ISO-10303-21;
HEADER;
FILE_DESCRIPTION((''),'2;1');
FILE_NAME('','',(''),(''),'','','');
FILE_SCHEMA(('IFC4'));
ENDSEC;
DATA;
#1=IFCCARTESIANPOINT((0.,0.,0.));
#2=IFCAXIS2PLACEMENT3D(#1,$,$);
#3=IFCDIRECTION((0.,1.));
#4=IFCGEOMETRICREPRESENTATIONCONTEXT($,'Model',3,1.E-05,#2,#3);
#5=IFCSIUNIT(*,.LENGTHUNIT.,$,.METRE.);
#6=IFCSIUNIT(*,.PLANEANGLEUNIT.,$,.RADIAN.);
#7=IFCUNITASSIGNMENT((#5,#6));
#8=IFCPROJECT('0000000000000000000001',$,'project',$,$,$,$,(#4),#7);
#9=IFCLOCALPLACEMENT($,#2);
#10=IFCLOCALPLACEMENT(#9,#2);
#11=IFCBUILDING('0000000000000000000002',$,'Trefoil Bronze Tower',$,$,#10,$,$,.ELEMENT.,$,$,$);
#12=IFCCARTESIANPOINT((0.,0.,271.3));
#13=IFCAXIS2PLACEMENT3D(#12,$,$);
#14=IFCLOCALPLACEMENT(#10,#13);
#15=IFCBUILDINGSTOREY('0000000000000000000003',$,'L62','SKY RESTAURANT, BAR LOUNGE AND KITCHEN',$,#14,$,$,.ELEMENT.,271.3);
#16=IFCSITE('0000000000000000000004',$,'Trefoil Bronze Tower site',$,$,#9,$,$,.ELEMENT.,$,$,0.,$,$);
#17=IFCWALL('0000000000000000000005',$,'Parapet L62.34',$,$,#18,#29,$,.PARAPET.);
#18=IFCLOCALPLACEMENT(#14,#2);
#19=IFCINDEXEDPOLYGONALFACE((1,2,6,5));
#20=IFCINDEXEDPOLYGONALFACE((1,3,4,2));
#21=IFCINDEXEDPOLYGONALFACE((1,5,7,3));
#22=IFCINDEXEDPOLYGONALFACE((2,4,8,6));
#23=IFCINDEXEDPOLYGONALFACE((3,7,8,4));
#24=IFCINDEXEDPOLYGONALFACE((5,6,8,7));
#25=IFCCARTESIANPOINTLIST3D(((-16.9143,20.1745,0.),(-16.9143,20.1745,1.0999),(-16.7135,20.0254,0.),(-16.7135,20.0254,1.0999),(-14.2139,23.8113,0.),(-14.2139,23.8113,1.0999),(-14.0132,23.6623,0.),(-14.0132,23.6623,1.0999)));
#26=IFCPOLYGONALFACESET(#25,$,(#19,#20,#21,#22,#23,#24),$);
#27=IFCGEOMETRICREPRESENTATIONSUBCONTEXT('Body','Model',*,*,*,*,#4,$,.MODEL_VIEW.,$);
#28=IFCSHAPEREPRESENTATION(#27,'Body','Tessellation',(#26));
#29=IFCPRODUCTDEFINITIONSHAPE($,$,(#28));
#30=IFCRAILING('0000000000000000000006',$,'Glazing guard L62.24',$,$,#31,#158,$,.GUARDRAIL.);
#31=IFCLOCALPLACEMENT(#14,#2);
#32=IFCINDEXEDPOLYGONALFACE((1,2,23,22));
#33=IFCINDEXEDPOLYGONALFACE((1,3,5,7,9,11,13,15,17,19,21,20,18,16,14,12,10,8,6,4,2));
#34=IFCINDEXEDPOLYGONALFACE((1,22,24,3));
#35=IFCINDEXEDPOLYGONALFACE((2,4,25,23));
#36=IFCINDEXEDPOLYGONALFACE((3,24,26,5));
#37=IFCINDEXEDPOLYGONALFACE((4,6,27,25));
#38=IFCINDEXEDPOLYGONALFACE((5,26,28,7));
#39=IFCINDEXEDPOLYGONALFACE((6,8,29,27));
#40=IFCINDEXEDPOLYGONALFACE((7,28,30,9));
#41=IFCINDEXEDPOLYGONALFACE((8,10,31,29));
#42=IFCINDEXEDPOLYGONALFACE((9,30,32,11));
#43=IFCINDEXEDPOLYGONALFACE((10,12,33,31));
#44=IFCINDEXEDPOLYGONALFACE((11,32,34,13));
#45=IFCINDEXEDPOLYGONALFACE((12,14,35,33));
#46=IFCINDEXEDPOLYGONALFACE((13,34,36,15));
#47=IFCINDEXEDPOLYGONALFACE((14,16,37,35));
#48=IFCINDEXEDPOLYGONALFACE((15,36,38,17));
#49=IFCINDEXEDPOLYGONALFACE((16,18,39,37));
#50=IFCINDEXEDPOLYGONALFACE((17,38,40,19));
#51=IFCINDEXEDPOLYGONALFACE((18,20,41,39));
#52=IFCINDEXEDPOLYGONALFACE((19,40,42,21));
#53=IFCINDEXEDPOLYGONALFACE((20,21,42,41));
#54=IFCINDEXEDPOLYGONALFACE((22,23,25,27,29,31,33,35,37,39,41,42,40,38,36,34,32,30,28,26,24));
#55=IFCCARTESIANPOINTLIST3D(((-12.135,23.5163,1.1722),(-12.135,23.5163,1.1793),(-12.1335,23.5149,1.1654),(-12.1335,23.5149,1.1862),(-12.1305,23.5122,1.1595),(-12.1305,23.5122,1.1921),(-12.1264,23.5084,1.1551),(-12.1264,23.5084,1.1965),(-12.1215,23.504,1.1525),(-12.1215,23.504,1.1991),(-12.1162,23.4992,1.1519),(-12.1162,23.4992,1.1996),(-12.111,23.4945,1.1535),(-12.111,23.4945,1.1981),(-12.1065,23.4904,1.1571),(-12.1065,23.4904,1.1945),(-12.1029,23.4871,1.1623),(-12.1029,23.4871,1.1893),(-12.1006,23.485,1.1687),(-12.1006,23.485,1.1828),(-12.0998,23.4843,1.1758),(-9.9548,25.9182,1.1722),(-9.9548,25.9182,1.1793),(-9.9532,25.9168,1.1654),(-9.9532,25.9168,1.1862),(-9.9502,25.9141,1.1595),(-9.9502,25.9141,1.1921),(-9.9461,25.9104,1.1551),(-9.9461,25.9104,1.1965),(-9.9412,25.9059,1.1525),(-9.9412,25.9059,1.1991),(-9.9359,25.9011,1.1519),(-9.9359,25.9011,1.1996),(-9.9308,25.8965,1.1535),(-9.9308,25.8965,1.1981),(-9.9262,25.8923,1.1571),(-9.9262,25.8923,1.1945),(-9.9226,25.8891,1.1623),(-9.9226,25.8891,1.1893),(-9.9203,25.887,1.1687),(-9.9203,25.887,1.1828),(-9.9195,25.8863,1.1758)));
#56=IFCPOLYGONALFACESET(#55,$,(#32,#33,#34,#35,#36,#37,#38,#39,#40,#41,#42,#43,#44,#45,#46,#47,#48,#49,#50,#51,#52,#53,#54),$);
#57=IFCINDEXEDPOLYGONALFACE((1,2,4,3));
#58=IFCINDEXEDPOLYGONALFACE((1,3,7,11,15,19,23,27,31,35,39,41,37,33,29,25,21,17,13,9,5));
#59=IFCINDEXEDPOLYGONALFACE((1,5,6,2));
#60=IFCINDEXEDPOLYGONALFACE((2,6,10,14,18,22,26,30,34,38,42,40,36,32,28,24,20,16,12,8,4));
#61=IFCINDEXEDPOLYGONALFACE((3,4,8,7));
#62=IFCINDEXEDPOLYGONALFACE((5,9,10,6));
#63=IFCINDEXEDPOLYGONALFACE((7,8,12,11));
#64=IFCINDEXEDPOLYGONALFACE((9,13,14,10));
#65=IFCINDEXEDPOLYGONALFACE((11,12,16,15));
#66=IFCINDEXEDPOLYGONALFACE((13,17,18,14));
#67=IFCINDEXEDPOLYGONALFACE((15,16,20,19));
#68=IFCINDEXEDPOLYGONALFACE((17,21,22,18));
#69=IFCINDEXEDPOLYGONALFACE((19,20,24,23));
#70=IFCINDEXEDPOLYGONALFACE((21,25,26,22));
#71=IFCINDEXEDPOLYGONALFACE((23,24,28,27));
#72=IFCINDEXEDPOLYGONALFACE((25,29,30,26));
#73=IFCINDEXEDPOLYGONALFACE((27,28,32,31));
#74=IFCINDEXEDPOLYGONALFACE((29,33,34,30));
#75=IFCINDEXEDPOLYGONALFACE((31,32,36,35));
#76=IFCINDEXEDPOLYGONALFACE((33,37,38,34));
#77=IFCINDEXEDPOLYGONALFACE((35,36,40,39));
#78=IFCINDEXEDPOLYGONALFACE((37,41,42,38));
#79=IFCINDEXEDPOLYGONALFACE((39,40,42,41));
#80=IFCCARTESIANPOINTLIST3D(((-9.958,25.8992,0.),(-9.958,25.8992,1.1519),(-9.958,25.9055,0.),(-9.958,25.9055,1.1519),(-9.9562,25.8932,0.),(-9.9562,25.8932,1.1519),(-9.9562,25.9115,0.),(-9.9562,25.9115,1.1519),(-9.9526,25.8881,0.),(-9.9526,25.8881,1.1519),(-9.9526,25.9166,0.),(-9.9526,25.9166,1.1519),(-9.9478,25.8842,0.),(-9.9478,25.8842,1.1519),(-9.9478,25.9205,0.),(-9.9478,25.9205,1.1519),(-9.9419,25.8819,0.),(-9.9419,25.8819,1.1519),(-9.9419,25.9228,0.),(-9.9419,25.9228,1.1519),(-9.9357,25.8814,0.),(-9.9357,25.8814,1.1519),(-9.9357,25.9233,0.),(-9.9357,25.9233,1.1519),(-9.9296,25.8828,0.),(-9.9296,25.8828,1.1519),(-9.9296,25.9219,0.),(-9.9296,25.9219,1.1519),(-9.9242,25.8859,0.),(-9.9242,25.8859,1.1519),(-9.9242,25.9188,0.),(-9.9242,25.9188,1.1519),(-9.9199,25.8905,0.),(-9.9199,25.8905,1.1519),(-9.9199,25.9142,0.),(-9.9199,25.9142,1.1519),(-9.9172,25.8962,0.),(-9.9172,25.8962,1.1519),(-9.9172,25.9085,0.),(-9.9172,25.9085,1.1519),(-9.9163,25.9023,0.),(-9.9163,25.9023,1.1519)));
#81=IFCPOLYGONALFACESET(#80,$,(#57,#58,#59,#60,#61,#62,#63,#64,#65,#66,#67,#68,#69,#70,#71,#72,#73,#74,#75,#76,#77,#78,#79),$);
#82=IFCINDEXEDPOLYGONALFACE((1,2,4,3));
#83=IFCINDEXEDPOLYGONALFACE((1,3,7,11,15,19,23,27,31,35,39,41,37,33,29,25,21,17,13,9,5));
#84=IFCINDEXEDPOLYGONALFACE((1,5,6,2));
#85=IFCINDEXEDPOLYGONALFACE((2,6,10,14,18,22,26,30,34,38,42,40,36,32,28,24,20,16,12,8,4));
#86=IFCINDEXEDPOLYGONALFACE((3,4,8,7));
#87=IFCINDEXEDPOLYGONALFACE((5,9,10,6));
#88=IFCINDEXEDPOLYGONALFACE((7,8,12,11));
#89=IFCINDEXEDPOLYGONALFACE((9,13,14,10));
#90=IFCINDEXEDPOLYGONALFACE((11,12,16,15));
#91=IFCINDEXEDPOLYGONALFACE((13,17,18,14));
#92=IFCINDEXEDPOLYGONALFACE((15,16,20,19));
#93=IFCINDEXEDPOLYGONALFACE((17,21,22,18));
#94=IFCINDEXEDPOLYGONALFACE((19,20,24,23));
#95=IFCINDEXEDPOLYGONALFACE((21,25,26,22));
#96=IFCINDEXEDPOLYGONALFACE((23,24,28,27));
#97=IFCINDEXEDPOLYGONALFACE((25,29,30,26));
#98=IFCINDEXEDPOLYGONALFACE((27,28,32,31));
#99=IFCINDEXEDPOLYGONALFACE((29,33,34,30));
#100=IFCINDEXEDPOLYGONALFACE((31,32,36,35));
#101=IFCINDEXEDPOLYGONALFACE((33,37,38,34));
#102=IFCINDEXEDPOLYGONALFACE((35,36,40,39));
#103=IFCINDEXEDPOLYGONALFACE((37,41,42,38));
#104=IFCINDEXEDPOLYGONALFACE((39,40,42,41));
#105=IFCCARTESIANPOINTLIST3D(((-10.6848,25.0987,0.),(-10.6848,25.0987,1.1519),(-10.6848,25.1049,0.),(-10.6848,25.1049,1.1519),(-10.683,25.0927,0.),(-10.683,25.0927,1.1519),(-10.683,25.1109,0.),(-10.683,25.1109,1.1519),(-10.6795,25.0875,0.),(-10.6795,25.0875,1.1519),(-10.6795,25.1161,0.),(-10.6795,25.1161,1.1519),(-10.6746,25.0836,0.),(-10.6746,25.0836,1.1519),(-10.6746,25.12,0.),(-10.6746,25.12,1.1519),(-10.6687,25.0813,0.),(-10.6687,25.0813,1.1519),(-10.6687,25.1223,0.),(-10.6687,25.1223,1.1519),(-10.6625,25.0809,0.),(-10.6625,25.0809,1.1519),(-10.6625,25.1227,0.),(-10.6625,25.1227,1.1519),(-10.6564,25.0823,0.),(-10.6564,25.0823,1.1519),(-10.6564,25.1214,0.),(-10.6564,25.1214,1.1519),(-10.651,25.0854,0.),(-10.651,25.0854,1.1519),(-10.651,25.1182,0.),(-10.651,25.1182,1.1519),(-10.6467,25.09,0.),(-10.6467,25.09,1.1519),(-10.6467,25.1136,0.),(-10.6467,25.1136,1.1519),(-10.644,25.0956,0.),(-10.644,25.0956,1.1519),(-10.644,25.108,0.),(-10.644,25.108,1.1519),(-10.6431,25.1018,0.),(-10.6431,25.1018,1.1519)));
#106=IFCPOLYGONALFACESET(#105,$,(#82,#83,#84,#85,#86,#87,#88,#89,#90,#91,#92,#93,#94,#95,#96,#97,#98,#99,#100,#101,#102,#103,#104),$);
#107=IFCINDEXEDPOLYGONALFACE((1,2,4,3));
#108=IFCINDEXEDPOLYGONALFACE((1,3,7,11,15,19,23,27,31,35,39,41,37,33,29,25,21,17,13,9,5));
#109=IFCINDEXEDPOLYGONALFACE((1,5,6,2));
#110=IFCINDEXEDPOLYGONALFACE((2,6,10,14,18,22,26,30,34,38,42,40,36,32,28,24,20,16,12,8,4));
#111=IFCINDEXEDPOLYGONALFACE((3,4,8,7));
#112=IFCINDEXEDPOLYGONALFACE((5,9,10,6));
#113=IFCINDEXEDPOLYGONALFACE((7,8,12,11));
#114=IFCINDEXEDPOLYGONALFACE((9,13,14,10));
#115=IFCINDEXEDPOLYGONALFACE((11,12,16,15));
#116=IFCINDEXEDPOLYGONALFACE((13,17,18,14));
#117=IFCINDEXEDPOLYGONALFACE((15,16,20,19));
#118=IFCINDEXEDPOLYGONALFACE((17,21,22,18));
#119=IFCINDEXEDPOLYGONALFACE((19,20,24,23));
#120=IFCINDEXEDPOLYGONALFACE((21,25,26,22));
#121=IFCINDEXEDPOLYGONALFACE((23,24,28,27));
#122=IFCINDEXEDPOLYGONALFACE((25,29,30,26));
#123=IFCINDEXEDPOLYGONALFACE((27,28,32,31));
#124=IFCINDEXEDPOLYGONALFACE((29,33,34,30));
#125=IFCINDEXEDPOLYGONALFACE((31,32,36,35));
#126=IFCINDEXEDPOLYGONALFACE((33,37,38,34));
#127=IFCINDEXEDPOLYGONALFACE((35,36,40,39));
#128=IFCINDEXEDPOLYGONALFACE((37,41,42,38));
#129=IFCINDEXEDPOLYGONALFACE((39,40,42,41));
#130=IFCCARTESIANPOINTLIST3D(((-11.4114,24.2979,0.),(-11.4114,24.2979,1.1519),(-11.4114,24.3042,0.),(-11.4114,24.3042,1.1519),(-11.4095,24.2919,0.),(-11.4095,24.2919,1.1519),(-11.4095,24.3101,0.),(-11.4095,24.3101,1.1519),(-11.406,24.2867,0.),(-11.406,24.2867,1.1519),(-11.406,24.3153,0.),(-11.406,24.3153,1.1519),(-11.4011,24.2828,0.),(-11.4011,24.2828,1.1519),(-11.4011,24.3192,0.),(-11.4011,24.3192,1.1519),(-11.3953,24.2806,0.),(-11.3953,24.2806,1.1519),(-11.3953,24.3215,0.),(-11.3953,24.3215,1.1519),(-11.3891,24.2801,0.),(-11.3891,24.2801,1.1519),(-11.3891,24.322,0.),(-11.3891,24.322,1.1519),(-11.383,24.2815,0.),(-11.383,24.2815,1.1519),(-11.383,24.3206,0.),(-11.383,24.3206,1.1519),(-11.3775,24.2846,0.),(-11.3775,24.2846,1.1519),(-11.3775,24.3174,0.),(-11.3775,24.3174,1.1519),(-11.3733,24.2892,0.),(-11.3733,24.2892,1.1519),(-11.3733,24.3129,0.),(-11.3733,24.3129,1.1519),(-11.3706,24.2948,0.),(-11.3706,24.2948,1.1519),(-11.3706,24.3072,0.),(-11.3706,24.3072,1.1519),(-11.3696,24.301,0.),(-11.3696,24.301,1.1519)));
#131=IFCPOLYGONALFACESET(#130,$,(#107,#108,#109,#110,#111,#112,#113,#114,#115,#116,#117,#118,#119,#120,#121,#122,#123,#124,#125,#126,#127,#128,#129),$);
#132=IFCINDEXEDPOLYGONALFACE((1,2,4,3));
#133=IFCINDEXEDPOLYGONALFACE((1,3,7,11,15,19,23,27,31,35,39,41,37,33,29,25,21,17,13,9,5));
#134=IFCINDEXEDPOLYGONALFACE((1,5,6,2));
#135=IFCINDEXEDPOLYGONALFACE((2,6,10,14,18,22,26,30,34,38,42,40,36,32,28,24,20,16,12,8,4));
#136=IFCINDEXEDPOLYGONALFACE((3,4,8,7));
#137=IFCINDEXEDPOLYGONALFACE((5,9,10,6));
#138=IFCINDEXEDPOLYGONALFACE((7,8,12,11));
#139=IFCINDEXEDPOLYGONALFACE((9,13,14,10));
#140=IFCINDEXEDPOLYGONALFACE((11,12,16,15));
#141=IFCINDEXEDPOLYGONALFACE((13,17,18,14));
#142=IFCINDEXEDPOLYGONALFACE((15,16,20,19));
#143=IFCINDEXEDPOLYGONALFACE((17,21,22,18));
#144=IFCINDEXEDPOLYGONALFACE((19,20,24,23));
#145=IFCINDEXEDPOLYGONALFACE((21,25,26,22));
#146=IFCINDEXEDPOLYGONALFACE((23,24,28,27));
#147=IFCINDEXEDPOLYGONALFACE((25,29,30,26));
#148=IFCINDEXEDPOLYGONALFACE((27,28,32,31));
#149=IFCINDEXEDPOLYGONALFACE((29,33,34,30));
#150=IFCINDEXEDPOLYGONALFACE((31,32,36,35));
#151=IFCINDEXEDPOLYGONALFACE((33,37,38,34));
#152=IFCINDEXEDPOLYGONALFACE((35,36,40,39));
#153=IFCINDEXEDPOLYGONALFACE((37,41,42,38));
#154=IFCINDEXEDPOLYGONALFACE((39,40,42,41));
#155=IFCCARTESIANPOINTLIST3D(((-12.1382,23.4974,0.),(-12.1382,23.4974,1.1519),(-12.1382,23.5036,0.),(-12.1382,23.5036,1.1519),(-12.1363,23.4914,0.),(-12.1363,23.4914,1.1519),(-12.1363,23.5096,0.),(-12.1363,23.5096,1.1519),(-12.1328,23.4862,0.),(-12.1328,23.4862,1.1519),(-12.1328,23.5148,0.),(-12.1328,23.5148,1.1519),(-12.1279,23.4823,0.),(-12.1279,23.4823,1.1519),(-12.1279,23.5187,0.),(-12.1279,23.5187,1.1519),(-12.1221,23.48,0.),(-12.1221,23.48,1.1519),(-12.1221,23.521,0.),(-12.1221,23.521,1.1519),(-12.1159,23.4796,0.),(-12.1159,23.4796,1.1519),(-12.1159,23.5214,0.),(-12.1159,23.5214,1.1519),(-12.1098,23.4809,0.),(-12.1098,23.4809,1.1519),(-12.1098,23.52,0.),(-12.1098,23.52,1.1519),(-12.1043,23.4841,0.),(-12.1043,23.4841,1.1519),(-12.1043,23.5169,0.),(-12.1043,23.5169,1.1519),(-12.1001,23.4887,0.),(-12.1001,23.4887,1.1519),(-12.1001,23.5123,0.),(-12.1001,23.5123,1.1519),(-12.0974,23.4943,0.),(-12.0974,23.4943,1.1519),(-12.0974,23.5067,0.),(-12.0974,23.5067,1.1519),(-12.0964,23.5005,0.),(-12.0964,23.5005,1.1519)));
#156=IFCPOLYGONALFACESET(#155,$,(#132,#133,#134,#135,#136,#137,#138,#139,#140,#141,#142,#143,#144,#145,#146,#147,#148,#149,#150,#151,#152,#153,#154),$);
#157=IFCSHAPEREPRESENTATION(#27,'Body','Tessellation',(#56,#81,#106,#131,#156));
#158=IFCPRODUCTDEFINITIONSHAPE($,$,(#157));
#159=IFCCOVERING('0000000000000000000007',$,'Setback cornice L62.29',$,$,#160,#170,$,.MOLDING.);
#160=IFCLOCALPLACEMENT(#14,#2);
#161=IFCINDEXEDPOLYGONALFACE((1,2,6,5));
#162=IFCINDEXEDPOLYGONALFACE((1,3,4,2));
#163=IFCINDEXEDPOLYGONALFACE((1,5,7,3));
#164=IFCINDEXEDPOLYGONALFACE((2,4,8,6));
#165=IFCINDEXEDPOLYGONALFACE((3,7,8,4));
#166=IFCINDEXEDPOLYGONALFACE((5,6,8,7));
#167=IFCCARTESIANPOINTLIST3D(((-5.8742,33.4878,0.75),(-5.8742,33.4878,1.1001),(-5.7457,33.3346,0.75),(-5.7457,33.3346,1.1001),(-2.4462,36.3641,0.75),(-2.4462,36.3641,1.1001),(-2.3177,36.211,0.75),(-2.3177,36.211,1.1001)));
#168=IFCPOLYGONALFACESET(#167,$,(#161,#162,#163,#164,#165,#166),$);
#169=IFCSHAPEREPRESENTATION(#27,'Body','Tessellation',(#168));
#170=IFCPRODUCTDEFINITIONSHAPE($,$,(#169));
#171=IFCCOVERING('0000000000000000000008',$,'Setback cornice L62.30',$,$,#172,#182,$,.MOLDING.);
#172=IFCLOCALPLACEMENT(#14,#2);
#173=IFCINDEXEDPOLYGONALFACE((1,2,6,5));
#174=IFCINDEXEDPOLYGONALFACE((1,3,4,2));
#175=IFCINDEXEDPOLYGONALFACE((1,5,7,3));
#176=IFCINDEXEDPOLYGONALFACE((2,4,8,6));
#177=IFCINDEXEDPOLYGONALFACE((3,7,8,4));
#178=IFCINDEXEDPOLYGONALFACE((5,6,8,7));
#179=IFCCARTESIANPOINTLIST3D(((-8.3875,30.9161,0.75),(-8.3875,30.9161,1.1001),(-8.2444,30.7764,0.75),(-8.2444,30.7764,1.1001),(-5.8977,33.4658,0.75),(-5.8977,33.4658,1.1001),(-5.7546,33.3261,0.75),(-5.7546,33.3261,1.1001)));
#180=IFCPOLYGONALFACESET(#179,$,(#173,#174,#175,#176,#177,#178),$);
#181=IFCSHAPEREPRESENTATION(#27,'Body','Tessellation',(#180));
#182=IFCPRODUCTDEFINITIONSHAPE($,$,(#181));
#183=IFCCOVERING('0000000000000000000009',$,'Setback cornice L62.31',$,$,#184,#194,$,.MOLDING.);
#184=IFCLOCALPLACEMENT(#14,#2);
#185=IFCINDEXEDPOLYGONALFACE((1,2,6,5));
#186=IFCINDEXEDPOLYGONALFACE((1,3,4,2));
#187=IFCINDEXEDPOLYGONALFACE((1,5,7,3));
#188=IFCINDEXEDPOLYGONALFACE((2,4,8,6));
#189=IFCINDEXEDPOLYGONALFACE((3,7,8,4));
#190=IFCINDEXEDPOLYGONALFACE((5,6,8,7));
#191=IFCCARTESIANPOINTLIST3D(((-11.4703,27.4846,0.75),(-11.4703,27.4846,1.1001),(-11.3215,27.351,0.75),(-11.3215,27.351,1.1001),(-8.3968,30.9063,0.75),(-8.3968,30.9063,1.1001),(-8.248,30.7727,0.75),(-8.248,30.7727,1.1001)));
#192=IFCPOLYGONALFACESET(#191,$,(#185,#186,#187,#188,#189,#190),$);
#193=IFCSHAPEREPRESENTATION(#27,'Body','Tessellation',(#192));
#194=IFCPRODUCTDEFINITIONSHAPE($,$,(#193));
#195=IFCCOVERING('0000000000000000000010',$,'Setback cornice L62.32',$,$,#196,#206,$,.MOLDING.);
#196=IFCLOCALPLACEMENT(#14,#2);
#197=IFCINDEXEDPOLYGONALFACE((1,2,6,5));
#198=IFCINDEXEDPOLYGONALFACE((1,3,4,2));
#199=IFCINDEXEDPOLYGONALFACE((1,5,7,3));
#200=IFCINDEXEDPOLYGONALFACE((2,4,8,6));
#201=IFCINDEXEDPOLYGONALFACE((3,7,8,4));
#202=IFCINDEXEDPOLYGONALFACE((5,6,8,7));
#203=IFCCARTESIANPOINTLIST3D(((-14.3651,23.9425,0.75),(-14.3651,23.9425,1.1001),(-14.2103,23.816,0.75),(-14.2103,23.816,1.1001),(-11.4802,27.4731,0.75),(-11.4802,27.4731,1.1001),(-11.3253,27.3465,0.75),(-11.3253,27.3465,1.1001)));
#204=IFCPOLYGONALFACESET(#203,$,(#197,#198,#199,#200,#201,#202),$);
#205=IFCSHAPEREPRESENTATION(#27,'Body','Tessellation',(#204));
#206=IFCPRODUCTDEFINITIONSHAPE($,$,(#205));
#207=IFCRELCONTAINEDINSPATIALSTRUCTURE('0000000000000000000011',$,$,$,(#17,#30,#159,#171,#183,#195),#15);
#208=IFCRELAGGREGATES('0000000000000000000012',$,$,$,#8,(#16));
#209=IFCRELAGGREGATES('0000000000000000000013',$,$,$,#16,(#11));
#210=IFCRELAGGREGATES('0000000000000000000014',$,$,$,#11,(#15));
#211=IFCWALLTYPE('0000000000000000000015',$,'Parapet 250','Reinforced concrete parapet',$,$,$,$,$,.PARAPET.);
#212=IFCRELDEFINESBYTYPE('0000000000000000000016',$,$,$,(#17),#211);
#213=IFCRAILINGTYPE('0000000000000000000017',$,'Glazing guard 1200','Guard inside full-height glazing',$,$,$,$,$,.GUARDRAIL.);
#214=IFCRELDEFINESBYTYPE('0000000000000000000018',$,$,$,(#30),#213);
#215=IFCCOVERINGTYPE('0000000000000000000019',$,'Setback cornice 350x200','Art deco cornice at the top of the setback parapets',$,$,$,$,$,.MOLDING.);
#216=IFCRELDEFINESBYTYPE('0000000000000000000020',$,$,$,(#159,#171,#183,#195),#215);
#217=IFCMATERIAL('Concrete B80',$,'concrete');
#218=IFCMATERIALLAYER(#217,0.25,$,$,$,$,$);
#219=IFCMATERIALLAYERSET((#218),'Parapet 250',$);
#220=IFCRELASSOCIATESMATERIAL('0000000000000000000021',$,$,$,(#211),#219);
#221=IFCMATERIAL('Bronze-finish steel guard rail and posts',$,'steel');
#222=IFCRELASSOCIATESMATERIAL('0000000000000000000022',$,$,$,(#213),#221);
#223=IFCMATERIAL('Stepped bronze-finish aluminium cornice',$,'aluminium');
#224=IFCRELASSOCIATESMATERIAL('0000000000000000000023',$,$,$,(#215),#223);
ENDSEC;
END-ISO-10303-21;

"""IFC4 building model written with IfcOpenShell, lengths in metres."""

from ifc_helpers import new_model, si_unit, direction, frame, frame_2d, origin, origin_2d, place, context, subcontext, project, spatial, rectangle, circle, extrude, material, layer, layer_set, type_object, element, save


model = new_model("IFC4")

# Units and contexts
model_context = context("Model", 3, precision=1e-05, world=origin(), true_north=direction((0.0, 1.0)))
body_context = subcontext(model_context, "Body", "Model", "MODEL_VIEW")
ifc_project = project(units=[si_unit("LENGTHUNIT", "METRE"), si_unit("PLANEANGLEUNIT", "RADIAN")], contexts=[model_context])

# Site, building, storey
site_placement = place(None, origin())
site = spatial("IfcSite", under=ifc_project, at=site_placement, Name="Trefoil Bronze Tower site", CompositionType="ELEMENT", RefElevation=0.0)
building_placement = place(site_placement, origin())
building = spatial("IfcBuilding", under=site, at=building_placement, Name="Trefoil Bronze Tower", CompositionType="ELEMENT")
storey_placement = place(building_placement, frame((0.0, 0.0, 271.3)))
storey = spatial("IfcBuildingStorey", under=building, at=storey_placement, Name="L62", Description="SKY RESTAURANT, BAR LOUNGE AND KITCHEN", CompositionType="ELEMENT", Elevation=271.3)

# Wall
ifc_material_1 = material(Name="Concrete B80", Category="concrete")
ifc_layer_1 = layer(ifc_material_1, 0.25)
ifc_layer_set_1 = layer_set([ifc_layer_1], Name="Parapet 250")
wall_type = type_object("IfcWallType", Name="Parapet 250", Description="Reinforced concrete parapet", PredefinedType="PARAPET", material=ifc_layer_set_1)
wall_1_placement = place(storey_placement, frame((-14.1135, 23.7368, 0.0), z_axis=(0.0, 0.0, 1.0), x_axis=(-0.596138, -0.802882, 0.0)))
element("IfcWall", 1, at=wall_1_placement, inside=storey, type_object=wall_type, Name="Parapet L62.34", PredefinedType="PARAPET", context=body_context, shape_type="SweptSolid", body=[
    extrude(rectangle(XDim=4.5298, YDim=0.25, at=frame_2d((2.2649, 0.0))), origin(), (0.0, 0.0, 1.0), 1.0999),
])

# Railing
ifc_material_2 = material(Name="Bronze-finish steel guard rail and posts", Category="steel")
railing_type = type_object("IfcRailingType", Name="Glazing guard 1200", Description="Guard inside full-height glazing", PredefinedType="GUARDRAIL", material=ifc_material_2)
railing_1_placement = place(storey_placement, frame((-9.9373, 25.9023, 0.0)))
element("IfcRailing", 2, at=railing_1_placement, inside=storey, type_object=railing_type, Name="Glazing guard L62.24", PredefinedType="GUARDRAIL", context=body_context, shape_type="SweptSolid", body=[
    extrude(circle(Radius=0.0239, at=origin_2d()), frame((0.0, 0.0, 1.1758), z_axis=(-0.672111, -0.740451, 0.0), x_axis=(0.740451, -0.672111, 0.0)), (0.0, 0.0, 1.0), 3.2439),
    extrude(circle(Radius=0.021, at=origin_2d()), origin(), (0.0, 0.0, 1.0), 1.1519),
    extrude(circle(Radius=0.021, at=origin_2d()), frame((-0.7268, -0.8005, 0.0)), (0.0, 0.0, 1.0), 1.1519),
    extrude(circle(Radius=0.021, at=origin_2d()), frame((-1.4534, -1.6013, 0.0)), (0.0, 0.0, 1.0), 1.1519),
    extrude(circle(Radius=0.021, at=origin_2d()), frame((-2.1802, -2.4019, 0.0)), (0.0, 0.0, 1.0), 1.1519),
])

# Coverings
ifc_material_3 = material(Name="Stepped bronze-finish aluminium cornice", Category="aluminium")
covering_type = type_object("IfcCoveringType", Name="Setback cornice 350x200", Description="Art deco cornice at the top of the setback parapets", PredefinedType="MOLDING", material=ifc_material_3)
covering_1_placement = place(storey_placement, frame((-4.0959, 34.8494, 0.75), z_axis=(0.0, 0.0, 1.0), x_axis=(-0.766044, -0.642788, 0.0)))
element("IfcCovering", 3, at=covering_1_placement, inside=storey, type_object=covering_type, Name="Setback cornice L62.29", PredefinedType="MOLDING", context=body_context, shape_type="SweptSolid", body=[
    extrude(rectangle(XDim=4.4749, YDim=0.2, at=origin_2d()), origin(), (0.0, 0.0, 1.0), 0.3501),
])
covering_2_placement = place(storey_placement, frame((-7.071, 32.1211, 0.75), z_axis=(0.0, 0.0, 1.0), x_axis=(-0.698652, -0.715462, 0.0)))
element("IfcCovering", 4, at=covering_2_placement, inside=storey, type_object=covering_type, Name="Setback cornice L62.30", PredefinedType="MOLDING", context=body_context, shape_type="SweptSolid", body=[
    extrude(rectangle(XDim=3.5637, YDim=0.2, at=origin_2d()), origin(), (0.0, 0.0, 1.0), 0.3501),
])
covering_3_placement = place(storey_placement, frame((-9.8591, 29.1287, 0.75), z_axis=(0.0, 0.0, 1.0), x_axis=(-0.668246, -0.743941, 0.0)))
element("IfcCovering", 5, at=covering_3_placement, inside=storey, type_object=covering_type, Name="Setback cornice L62.31", PredefinedType="MOLDING", context=body_context, shape_type="SweptSolid", body=[
    extrude(rectangle(XDim=4.5994, YDim=0.2, at=origin_2d()), origin(), (0.0, 0.0, 1.0), 0.3501),
])
covering_4_placement = place(storey_placement, frame((-12.8452, 25.6445, 0.75), z_axis=(0.0, 0.0, 1.0), x_axis=(-0.632753, -0.774354, 0.0)))
element("IfcCovering", 6, at=covering_4_placement, inside=storey, type_object=covering_type, Name="Setback cornice L62.32", PredefinedType="MOLDING", context=body_context, shape_type="SweptSolid", body=[
    extrude(rectangle(XDim=4.5593, YDim=0.2, at=origin_2d()), origin(), (0.0, 0.0, 1.0), 0.3501),
])

save(model, "model.ifc")
